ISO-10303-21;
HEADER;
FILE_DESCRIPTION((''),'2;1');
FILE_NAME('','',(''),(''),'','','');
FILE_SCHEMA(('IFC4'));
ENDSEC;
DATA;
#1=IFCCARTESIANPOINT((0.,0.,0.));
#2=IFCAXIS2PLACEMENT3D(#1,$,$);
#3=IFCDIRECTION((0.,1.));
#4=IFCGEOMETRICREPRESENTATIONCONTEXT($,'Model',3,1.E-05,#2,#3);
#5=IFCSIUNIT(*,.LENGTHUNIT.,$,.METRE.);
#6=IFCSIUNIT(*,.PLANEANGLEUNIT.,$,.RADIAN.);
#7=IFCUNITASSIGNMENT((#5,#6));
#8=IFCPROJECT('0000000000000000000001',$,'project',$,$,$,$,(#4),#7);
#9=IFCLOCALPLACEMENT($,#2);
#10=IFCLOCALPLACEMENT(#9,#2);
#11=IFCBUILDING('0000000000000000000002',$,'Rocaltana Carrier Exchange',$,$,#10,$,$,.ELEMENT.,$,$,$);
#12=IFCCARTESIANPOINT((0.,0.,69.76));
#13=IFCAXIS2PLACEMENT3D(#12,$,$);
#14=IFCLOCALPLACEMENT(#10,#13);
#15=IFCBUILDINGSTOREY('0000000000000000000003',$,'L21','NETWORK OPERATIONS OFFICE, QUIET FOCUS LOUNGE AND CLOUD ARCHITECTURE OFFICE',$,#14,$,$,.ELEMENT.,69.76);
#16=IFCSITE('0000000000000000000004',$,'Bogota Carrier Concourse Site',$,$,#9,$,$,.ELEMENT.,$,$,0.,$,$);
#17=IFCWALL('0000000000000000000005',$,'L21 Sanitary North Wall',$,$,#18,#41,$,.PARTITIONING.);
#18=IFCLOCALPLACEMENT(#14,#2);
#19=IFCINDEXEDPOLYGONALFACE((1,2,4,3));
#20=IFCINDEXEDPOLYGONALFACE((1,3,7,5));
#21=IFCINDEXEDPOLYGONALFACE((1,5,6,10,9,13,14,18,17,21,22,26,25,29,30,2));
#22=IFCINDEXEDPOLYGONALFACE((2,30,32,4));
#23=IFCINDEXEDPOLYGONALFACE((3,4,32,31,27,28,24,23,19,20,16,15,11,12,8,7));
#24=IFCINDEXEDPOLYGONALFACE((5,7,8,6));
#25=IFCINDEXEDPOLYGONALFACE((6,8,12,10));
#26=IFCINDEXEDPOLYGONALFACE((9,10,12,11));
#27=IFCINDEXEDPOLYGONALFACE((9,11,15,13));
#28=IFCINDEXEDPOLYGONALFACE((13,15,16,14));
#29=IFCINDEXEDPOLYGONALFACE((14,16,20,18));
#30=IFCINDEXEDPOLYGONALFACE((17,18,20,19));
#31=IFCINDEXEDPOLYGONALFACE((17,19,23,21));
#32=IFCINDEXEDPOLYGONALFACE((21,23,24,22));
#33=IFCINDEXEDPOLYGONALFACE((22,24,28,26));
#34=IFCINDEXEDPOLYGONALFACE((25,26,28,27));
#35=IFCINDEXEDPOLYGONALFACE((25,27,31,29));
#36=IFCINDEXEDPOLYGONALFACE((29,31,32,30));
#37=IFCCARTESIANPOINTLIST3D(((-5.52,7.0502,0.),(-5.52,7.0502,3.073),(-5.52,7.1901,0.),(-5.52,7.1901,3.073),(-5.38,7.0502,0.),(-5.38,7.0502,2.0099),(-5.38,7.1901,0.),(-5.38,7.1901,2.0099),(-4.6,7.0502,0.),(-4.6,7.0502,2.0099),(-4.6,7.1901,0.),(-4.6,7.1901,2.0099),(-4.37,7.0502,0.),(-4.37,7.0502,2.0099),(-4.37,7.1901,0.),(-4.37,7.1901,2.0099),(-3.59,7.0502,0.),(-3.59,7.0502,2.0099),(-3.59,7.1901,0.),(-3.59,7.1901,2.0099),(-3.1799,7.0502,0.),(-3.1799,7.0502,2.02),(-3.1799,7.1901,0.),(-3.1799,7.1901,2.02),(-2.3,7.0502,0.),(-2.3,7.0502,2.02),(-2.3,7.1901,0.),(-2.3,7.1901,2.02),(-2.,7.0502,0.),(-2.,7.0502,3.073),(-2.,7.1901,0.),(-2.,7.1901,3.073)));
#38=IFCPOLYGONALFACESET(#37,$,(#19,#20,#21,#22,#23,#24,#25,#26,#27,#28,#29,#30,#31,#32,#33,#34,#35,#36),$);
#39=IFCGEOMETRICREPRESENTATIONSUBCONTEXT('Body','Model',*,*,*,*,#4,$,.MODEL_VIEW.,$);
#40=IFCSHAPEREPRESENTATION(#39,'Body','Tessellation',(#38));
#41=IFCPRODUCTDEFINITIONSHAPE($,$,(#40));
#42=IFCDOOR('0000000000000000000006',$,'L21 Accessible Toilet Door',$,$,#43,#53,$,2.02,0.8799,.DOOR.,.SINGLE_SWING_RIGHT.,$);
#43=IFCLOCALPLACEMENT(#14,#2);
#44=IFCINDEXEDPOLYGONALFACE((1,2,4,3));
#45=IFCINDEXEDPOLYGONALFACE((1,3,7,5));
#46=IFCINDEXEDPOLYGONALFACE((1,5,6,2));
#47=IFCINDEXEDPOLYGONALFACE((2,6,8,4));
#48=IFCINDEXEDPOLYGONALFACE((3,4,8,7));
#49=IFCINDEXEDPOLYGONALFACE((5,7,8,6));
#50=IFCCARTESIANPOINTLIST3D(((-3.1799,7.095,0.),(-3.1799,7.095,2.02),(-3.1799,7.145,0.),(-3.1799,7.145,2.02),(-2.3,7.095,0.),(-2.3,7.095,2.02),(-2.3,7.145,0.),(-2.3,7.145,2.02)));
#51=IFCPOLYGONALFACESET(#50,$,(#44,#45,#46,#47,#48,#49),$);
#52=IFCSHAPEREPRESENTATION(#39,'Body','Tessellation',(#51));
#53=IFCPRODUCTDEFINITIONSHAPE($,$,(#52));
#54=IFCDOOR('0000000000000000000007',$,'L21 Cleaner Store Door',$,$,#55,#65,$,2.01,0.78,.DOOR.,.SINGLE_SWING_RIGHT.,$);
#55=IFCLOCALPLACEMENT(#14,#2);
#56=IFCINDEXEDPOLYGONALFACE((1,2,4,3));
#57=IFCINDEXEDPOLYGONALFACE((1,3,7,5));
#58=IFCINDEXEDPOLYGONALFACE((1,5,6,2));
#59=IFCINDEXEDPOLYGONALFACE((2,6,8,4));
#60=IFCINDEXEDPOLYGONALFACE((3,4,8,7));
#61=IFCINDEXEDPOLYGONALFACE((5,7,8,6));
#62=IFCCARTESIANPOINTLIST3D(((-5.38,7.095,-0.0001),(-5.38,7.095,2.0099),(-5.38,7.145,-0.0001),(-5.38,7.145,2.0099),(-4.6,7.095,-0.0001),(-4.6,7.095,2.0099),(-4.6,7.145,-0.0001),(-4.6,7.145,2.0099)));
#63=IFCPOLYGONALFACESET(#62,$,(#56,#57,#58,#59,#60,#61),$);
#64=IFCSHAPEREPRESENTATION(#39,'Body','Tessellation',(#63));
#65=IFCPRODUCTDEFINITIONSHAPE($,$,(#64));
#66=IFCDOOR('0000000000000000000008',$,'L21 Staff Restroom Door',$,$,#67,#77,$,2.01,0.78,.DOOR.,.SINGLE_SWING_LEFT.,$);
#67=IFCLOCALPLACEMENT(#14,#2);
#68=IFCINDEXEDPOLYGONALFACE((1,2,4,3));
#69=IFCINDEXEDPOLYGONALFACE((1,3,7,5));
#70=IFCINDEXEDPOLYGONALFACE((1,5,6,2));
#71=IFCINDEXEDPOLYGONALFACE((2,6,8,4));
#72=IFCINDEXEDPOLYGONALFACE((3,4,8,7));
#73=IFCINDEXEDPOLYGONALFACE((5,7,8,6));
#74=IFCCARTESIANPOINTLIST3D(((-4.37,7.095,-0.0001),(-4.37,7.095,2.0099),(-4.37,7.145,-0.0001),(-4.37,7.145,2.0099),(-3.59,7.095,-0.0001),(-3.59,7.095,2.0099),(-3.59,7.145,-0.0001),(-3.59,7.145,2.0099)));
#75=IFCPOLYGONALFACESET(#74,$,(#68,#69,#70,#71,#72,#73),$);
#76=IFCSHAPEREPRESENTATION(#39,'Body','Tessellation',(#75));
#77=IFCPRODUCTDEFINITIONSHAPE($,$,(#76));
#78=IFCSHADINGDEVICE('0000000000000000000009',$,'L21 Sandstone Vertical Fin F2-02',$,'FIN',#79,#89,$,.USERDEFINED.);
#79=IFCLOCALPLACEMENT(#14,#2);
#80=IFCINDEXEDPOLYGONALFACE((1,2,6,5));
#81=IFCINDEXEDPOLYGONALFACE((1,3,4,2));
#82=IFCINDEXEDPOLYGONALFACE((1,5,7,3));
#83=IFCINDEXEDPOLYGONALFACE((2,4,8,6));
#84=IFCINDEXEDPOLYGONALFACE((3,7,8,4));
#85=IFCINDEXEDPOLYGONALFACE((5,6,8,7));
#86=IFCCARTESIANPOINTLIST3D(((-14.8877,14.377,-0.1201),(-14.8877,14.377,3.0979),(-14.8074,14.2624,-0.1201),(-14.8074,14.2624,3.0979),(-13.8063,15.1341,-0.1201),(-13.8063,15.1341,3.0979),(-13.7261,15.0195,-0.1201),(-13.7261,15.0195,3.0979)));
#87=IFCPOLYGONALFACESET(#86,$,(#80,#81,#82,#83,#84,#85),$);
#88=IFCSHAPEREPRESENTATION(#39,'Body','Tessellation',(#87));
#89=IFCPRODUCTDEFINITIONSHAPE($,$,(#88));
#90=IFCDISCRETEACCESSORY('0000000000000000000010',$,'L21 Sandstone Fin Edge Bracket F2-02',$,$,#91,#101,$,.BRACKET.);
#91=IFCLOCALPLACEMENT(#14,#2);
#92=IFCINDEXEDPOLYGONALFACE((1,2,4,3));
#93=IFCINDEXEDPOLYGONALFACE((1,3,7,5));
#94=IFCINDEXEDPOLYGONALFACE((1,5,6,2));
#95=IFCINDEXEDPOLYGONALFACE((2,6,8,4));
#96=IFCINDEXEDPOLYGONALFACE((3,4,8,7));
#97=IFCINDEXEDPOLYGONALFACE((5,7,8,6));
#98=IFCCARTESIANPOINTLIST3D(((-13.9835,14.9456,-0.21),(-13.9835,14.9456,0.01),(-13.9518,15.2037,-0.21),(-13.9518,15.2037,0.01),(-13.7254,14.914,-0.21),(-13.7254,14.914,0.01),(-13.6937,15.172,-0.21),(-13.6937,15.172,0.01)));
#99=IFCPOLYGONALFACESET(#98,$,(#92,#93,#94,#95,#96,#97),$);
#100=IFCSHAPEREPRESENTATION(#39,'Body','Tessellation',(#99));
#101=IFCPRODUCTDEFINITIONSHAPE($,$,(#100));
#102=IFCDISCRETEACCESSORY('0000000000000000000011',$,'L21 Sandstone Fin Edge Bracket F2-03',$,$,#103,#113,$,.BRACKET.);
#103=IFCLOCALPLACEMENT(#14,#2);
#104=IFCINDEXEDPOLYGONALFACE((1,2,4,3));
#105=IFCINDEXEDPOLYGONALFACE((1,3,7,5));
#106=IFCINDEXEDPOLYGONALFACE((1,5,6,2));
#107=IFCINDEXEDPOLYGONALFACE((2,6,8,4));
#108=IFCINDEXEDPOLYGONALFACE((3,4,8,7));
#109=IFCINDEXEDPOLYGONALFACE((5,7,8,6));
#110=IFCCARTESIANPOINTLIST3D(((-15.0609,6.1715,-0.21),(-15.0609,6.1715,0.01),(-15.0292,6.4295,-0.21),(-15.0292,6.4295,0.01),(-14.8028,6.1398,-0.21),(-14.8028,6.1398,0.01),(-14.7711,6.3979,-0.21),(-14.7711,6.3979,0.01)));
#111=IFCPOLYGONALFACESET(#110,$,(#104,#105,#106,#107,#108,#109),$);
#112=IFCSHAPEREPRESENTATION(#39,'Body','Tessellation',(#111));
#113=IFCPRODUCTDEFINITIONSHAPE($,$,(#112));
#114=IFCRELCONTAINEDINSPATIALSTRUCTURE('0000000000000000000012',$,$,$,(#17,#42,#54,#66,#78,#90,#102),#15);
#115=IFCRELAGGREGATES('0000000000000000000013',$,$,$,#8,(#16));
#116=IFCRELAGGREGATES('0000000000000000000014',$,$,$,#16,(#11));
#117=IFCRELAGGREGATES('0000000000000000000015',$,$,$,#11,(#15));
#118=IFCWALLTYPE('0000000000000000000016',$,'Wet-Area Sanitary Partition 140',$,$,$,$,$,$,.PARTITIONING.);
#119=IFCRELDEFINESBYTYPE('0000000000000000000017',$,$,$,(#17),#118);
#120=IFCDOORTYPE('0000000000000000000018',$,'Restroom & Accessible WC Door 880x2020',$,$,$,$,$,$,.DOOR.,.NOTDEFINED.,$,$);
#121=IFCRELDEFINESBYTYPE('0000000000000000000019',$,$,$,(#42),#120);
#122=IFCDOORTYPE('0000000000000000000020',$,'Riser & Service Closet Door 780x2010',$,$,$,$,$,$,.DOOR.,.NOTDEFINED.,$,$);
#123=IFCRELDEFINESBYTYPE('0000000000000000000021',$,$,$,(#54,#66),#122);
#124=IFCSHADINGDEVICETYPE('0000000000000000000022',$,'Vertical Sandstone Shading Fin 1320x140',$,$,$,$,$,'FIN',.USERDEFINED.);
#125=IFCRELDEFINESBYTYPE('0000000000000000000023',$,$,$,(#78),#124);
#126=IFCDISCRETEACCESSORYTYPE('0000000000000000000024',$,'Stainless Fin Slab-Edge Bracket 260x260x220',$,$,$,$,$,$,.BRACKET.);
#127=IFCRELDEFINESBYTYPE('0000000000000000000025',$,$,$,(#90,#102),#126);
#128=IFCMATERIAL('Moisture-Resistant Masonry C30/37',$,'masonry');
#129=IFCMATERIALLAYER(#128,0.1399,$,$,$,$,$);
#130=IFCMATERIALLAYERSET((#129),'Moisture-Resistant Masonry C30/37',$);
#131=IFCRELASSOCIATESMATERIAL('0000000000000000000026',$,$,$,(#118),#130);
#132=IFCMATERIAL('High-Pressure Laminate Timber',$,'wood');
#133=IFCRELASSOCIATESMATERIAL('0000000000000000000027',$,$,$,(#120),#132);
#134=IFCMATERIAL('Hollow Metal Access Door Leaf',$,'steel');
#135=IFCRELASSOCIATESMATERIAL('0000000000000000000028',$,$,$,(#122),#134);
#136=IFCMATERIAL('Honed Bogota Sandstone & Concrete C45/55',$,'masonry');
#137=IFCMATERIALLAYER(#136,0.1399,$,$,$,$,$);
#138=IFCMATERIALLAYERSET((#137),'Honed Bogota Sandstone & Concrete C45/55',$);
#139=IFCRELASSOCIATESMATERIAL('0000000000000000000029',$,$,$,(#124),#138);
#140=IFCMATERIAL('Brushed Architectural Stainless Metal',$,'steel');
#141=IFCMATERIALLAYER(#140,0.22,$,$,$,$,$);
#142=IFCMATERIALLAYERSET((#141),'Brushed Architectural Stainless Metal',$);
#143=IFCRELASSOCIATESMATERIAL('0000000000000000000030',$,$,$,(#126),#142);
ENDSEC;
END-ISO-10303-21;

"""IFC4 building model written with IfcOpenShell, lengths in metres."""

from ifc_helpers import new_model, si_unit, direction, frame, frame_2d, origin, origin_2d, place, context, subcontext, project, spatial, rectangle, extrude, material, layer, layer_set, type_object, element, fill, save


model = new_model("IFC4")

# Units and contexts
model_context = context("Model", 3, precision=1e-05, world=origin(), true_north=direction((0.0, 1.0)))
body_context = subcontext(model_context, "Body", "Model", "MODEL_VIEW")
ifc_project = project(units=[si_unit("LENGTHUNIT", "METRE"), si_unit("PLANEANGLEUNIT", "RADIAN")], contexts=[model_context])

# Site, building, storey
site_placement = place(None, origin())
site = spatial("IfcSite", under=ifc_project, at=site_placement, Name="Bogota Carrier Concourse Site", CompositionType="ELEMENT", RefElevation=0.0)
building_placement = place(site_placement, origin())
building = spatial("IfcBuilding", under=site, at=building_placement, Name="Rocaltana Carrier Exchange", CompositionType="ELEMENT")
storey_placement = place(building_placement, frame((0.0, 0.0, 69.76)))
storey = spatial("IfcBuildingStorey", under=building, at=storey_placement, Name="L21", Description="NETWORK OPERATIONS OFFICE, QUIET FOCUS LOUNGE AND CLOUD ARCHITECTURE OFFICE", CompositionType="ELEMENT", Elevation=69.76)

# Wall, openings, doors
ifc_material_1 = material(Name="Moisture-Resistant Masonry C30/37", Category="masonry")
ifc_layer_1 = layer(ifc_material_1, 0.1399)
ifc_layer_set_1 = layer_set([ifc_layer_1], Name="Moisture-Resistant Masonry C30/37")
wall_type_1 = type_object("IfcWallType", Name="Wet-Area Sanitary Partition 140", PredefinedType="PARTITIONING", material=ifc_layer_set_1)
wall_1_placement = place(storey_placement, frame((-5.52, 7.1201, 0.0), z_axis=(0.0, 0.0, 1.0), x_axis=(1.0, 0.0, 0.0)))
wall_1 = element("IfcWall", 1, at=wall_1_placement, inside=storey, type_object=wall_type_1, Name="L21 Sanitary North Wall", PredefinedType="PARTITIONING", context=body_context, shape_type="SweptSolid", body=[
    extrude(rectangle(XDim=3.52, YDim=0.1399, at=frame_2d((1.76, 0.0))), origin(), (0.0, 0.0, 1.0), 3.073),
])
opening_1_placement = place(wall_1_placement, frame((0.1399, 0.0, 0.0)))
opening_1 = element("IfcOpeningElement", 2, at=opening_1_placement, cuts=wall_1, PredefinedType="OPENING", context=body_context, shape_type="SweptSolid", body=[
    extrude(rectangle(XDim=0.78, YDim=2.01, at=frame_2d((0.3901, 1.0049))), frame((0.0, 0.0798, 0.0), z_axis=(0.0, -1.0, 0.0), x_axis=(1.0, 0.0, 0.0)), (0.0, 0.0, 1.0), 0.1599),
])
opening_2_placement = place(wall_1_placement, frame((1.1499, 0.0, 0.0)))
opening_2 = element("IfcOpeningElement", 3, at=opening_2_placement, cuts=wall_1, PredefinedType="OPENING", context=body_context, shape_type="SweptSolid", body=[
    extrude(rectangle(XDim=0.78, YDim=2.01, at=frame_2d((0.3901, 1.0049))), frame((0.0, 0.0798, 0.0), z_axis=(0.0, -1.0, 0.0), x_axis=(1.0, 0.0, 0.0)), (0.0, 0.0, 1.0), 0.1599),
])
opening_3_placement = place(wall_1_placement, frame((2.3401, 0.0, 0.0)))
opening_3 = element("IfcOpeningElement", 4, at=opening_3_placement, cuts=wall_1, PredefinedType="OPENING", context=body_context, shape_type="SweptSolid", body=[
    extrude(rectangle(XDim=0.8799, YDim=2.02, at=frame_2d((0.4399, 1.01))), frame((0.0, 0.0798, 0.0), z_axis=(0.0, -1.0, 0.0), x_axis=(1.0, 0.0, 0.0)), (0.0, 0.0, 1.0), 0.1599),
])
ifc_material_2 = material(Name="High-Pressure Laminate Timber", Category="wood")
door_type_1 = type_object("IfcDoorType", Name="Restroom & Accessible WC Door 880x2020", OperationType="NOTDEFINED", PredefinedType="DOOR", material=ifc_material_2)
door_1_placement = place(opening_3_placement, origin())
door_1 = element("IfcDoor", 5, at=door_1_placement, inside=storey, type_object=door_type_1, Name="L21 Accessible Toilet Door", OperationType="SINGLE_SWING_RIGHT", OverallHeight=2.02, OverallWidth=0.8799, PredefinedType="DOOR", context=body_context, shape_type="SweptSolid", body=[
    extrude(rectangle(XDim=0.8799, YDim=2.02, at=frame_2d((0.4399, 1.01))), frame((0.0, 0.0249, 0.0), z_axis=(0.0, -1.0, 0.0), x_axis=(1.0, 0.0, 0.0)), (0.0, 0.0, 1.0), 0.05),
])
fill(opening_3, door_1)
ifc_material_3 = material(Name="Hollow Metal Access Door Leaf", Category="steel")
door_type_2 = type_object("IfcDoorType", Name="Riser & Service Closet Door 780x2010", OperationType="NOTDEFINED", PredefinedType="DOOR", material=ifc_material_3)
door_2_placement = place(opening_1_placement, origin())
door_2 = element("IfcDoor", 6, at=door_2_placement, inside=storey, type_object=door_type_2, Name="L21 Cleaner Store Door", OperationType="SINGLE_SWING_RIGHT", OverallHeight=2.01, OverallWidth=0.78, PredefinedType="DOOR", context=body_context, shape_type="SweptSolid", body=[
    extrude(rectangle(XDim=0.78, YDim=2.01, at=frame_2d((0.3901, 1.0049))), frame((0.0, 0.0249, 0.0), z_axis=(0.0, -1.0, 0.0), x_axis=(1.0, 0.0, 0.0)), (0.0, 0.0, 1.0), 0.05),
])
fill(opening_1, door_2)
door_3_placement = place(opening_2_placement, origin())
door_3 = element("IfcDoor", 7, at=door_3_placement, inside=storey, type_object=door_type_2, Name="L21 Staff Restroom Door", OperationType="SINGLE_SWING_LEFT", OverallHeight=2.01, OverallWidth=0.78, PredefinedType="DOOR", context=body_context, shape_type="SweptSolid", body=[
    extrude(rectangle(XDim=0.78, YDim=2.01, at=frame_2d((0.3901, 1.0049))), frame((0.0, 0.0249, 0.0), z_axis=(0.0, -1.0, 0.0), x_axis=(1.0, 0.0, 0.0)), (0.0, 0.0, 1.0), 0.05),
])
fill(opening_2, door_3)

# Shading device
ifc_material_4 = material(Name="Honed Bogota Sandstone & Concrete C45/55", Category="masonry")
ifc_layer_2 = layer(ifc_material_4, 0.1399)
ifc_layer_set_2 = layer_set([ifc_layer_2], Name="Honed Bogota Sandstone & Concrete C45/55")
shading_device_type = type_object("IfcShadingDeviceType", Name="Vertical Sandstone Shading Fin 1320x140", ElementType="FIN", PredefinedType="USERDEFINED", material=ifc_layer_set_2)
shading_device_placement = place(storey_placement, frame((-14.3069, 14.6982, -0.1201), z_axis=(0.0, 0.0, 1.0), x_axis=(-0.819152, -0.573576, 0.0)))
element("IfcShadingDevice", 8, at=shading_device_placement, inside=storey, type_object=shading_device_type, Name="L21 Sandstone Vertical Fin F2-02", ObjectType="FIN", PredefinedType="USERDEFINED", context=body_context, shape_type="SweptSolid", body=[
    extrude(rectangle(XDim=1.3201, YDim=0.1399, at=origin_2d()), origin(), (0.0, 0.0, 1.0), 3.218),
])

# Discrete accessories
ifc_material_5 = material(Name="Brushed Architectural Stainless Metal", Category="steel")
ifc_layer_3 = layer(ifc_material_5, 0.22)
ifc_layer_set_3 = layer_set([ifc_layer_3], Name="Brushed Architectural Stainless Metal")
discrete_accessory_type = type_object("IfcDiscreteAccessoryType", Name="Stainless Fin Slab-Edge Bracket 260x260x220", PredefinedType="BRACKET", material=ifc_layer_set_3)
for number, where, z_axis, x_axis, name in (
    (9, (-13.8386, 15.0588, -0.21), (0.0, 0.0, 1.0), (-0.121869, -0.992546, 0.0), "L21 Sandstone Fin Edge Bracket F2-02"),
    (10, (-14.916, 6.2847, -0.21), (0.0, 0.0, 1.0), (-0.121869, -0.992546, 0.0), "L21 Sandstone Fin Edge Bracket F2-03"),
):
    element("IfcDiscreteAccessory", number, at=place(storey_placement, frame(where, z_axis=z_axis, x_axis=x_axis)), inside=storey, type_object=discrete_accessory_type, Name=name, PredefinedType="BRACKET", context=body_context, shape_type="SweptSolid", body=[
        extrude(rectangle(XDim=0.26, YDim=0.26, at=origin_2d()), origin(), (0.0, 0.0, 1.0), 0.22),
    ])

save(model, "model.ifc")
